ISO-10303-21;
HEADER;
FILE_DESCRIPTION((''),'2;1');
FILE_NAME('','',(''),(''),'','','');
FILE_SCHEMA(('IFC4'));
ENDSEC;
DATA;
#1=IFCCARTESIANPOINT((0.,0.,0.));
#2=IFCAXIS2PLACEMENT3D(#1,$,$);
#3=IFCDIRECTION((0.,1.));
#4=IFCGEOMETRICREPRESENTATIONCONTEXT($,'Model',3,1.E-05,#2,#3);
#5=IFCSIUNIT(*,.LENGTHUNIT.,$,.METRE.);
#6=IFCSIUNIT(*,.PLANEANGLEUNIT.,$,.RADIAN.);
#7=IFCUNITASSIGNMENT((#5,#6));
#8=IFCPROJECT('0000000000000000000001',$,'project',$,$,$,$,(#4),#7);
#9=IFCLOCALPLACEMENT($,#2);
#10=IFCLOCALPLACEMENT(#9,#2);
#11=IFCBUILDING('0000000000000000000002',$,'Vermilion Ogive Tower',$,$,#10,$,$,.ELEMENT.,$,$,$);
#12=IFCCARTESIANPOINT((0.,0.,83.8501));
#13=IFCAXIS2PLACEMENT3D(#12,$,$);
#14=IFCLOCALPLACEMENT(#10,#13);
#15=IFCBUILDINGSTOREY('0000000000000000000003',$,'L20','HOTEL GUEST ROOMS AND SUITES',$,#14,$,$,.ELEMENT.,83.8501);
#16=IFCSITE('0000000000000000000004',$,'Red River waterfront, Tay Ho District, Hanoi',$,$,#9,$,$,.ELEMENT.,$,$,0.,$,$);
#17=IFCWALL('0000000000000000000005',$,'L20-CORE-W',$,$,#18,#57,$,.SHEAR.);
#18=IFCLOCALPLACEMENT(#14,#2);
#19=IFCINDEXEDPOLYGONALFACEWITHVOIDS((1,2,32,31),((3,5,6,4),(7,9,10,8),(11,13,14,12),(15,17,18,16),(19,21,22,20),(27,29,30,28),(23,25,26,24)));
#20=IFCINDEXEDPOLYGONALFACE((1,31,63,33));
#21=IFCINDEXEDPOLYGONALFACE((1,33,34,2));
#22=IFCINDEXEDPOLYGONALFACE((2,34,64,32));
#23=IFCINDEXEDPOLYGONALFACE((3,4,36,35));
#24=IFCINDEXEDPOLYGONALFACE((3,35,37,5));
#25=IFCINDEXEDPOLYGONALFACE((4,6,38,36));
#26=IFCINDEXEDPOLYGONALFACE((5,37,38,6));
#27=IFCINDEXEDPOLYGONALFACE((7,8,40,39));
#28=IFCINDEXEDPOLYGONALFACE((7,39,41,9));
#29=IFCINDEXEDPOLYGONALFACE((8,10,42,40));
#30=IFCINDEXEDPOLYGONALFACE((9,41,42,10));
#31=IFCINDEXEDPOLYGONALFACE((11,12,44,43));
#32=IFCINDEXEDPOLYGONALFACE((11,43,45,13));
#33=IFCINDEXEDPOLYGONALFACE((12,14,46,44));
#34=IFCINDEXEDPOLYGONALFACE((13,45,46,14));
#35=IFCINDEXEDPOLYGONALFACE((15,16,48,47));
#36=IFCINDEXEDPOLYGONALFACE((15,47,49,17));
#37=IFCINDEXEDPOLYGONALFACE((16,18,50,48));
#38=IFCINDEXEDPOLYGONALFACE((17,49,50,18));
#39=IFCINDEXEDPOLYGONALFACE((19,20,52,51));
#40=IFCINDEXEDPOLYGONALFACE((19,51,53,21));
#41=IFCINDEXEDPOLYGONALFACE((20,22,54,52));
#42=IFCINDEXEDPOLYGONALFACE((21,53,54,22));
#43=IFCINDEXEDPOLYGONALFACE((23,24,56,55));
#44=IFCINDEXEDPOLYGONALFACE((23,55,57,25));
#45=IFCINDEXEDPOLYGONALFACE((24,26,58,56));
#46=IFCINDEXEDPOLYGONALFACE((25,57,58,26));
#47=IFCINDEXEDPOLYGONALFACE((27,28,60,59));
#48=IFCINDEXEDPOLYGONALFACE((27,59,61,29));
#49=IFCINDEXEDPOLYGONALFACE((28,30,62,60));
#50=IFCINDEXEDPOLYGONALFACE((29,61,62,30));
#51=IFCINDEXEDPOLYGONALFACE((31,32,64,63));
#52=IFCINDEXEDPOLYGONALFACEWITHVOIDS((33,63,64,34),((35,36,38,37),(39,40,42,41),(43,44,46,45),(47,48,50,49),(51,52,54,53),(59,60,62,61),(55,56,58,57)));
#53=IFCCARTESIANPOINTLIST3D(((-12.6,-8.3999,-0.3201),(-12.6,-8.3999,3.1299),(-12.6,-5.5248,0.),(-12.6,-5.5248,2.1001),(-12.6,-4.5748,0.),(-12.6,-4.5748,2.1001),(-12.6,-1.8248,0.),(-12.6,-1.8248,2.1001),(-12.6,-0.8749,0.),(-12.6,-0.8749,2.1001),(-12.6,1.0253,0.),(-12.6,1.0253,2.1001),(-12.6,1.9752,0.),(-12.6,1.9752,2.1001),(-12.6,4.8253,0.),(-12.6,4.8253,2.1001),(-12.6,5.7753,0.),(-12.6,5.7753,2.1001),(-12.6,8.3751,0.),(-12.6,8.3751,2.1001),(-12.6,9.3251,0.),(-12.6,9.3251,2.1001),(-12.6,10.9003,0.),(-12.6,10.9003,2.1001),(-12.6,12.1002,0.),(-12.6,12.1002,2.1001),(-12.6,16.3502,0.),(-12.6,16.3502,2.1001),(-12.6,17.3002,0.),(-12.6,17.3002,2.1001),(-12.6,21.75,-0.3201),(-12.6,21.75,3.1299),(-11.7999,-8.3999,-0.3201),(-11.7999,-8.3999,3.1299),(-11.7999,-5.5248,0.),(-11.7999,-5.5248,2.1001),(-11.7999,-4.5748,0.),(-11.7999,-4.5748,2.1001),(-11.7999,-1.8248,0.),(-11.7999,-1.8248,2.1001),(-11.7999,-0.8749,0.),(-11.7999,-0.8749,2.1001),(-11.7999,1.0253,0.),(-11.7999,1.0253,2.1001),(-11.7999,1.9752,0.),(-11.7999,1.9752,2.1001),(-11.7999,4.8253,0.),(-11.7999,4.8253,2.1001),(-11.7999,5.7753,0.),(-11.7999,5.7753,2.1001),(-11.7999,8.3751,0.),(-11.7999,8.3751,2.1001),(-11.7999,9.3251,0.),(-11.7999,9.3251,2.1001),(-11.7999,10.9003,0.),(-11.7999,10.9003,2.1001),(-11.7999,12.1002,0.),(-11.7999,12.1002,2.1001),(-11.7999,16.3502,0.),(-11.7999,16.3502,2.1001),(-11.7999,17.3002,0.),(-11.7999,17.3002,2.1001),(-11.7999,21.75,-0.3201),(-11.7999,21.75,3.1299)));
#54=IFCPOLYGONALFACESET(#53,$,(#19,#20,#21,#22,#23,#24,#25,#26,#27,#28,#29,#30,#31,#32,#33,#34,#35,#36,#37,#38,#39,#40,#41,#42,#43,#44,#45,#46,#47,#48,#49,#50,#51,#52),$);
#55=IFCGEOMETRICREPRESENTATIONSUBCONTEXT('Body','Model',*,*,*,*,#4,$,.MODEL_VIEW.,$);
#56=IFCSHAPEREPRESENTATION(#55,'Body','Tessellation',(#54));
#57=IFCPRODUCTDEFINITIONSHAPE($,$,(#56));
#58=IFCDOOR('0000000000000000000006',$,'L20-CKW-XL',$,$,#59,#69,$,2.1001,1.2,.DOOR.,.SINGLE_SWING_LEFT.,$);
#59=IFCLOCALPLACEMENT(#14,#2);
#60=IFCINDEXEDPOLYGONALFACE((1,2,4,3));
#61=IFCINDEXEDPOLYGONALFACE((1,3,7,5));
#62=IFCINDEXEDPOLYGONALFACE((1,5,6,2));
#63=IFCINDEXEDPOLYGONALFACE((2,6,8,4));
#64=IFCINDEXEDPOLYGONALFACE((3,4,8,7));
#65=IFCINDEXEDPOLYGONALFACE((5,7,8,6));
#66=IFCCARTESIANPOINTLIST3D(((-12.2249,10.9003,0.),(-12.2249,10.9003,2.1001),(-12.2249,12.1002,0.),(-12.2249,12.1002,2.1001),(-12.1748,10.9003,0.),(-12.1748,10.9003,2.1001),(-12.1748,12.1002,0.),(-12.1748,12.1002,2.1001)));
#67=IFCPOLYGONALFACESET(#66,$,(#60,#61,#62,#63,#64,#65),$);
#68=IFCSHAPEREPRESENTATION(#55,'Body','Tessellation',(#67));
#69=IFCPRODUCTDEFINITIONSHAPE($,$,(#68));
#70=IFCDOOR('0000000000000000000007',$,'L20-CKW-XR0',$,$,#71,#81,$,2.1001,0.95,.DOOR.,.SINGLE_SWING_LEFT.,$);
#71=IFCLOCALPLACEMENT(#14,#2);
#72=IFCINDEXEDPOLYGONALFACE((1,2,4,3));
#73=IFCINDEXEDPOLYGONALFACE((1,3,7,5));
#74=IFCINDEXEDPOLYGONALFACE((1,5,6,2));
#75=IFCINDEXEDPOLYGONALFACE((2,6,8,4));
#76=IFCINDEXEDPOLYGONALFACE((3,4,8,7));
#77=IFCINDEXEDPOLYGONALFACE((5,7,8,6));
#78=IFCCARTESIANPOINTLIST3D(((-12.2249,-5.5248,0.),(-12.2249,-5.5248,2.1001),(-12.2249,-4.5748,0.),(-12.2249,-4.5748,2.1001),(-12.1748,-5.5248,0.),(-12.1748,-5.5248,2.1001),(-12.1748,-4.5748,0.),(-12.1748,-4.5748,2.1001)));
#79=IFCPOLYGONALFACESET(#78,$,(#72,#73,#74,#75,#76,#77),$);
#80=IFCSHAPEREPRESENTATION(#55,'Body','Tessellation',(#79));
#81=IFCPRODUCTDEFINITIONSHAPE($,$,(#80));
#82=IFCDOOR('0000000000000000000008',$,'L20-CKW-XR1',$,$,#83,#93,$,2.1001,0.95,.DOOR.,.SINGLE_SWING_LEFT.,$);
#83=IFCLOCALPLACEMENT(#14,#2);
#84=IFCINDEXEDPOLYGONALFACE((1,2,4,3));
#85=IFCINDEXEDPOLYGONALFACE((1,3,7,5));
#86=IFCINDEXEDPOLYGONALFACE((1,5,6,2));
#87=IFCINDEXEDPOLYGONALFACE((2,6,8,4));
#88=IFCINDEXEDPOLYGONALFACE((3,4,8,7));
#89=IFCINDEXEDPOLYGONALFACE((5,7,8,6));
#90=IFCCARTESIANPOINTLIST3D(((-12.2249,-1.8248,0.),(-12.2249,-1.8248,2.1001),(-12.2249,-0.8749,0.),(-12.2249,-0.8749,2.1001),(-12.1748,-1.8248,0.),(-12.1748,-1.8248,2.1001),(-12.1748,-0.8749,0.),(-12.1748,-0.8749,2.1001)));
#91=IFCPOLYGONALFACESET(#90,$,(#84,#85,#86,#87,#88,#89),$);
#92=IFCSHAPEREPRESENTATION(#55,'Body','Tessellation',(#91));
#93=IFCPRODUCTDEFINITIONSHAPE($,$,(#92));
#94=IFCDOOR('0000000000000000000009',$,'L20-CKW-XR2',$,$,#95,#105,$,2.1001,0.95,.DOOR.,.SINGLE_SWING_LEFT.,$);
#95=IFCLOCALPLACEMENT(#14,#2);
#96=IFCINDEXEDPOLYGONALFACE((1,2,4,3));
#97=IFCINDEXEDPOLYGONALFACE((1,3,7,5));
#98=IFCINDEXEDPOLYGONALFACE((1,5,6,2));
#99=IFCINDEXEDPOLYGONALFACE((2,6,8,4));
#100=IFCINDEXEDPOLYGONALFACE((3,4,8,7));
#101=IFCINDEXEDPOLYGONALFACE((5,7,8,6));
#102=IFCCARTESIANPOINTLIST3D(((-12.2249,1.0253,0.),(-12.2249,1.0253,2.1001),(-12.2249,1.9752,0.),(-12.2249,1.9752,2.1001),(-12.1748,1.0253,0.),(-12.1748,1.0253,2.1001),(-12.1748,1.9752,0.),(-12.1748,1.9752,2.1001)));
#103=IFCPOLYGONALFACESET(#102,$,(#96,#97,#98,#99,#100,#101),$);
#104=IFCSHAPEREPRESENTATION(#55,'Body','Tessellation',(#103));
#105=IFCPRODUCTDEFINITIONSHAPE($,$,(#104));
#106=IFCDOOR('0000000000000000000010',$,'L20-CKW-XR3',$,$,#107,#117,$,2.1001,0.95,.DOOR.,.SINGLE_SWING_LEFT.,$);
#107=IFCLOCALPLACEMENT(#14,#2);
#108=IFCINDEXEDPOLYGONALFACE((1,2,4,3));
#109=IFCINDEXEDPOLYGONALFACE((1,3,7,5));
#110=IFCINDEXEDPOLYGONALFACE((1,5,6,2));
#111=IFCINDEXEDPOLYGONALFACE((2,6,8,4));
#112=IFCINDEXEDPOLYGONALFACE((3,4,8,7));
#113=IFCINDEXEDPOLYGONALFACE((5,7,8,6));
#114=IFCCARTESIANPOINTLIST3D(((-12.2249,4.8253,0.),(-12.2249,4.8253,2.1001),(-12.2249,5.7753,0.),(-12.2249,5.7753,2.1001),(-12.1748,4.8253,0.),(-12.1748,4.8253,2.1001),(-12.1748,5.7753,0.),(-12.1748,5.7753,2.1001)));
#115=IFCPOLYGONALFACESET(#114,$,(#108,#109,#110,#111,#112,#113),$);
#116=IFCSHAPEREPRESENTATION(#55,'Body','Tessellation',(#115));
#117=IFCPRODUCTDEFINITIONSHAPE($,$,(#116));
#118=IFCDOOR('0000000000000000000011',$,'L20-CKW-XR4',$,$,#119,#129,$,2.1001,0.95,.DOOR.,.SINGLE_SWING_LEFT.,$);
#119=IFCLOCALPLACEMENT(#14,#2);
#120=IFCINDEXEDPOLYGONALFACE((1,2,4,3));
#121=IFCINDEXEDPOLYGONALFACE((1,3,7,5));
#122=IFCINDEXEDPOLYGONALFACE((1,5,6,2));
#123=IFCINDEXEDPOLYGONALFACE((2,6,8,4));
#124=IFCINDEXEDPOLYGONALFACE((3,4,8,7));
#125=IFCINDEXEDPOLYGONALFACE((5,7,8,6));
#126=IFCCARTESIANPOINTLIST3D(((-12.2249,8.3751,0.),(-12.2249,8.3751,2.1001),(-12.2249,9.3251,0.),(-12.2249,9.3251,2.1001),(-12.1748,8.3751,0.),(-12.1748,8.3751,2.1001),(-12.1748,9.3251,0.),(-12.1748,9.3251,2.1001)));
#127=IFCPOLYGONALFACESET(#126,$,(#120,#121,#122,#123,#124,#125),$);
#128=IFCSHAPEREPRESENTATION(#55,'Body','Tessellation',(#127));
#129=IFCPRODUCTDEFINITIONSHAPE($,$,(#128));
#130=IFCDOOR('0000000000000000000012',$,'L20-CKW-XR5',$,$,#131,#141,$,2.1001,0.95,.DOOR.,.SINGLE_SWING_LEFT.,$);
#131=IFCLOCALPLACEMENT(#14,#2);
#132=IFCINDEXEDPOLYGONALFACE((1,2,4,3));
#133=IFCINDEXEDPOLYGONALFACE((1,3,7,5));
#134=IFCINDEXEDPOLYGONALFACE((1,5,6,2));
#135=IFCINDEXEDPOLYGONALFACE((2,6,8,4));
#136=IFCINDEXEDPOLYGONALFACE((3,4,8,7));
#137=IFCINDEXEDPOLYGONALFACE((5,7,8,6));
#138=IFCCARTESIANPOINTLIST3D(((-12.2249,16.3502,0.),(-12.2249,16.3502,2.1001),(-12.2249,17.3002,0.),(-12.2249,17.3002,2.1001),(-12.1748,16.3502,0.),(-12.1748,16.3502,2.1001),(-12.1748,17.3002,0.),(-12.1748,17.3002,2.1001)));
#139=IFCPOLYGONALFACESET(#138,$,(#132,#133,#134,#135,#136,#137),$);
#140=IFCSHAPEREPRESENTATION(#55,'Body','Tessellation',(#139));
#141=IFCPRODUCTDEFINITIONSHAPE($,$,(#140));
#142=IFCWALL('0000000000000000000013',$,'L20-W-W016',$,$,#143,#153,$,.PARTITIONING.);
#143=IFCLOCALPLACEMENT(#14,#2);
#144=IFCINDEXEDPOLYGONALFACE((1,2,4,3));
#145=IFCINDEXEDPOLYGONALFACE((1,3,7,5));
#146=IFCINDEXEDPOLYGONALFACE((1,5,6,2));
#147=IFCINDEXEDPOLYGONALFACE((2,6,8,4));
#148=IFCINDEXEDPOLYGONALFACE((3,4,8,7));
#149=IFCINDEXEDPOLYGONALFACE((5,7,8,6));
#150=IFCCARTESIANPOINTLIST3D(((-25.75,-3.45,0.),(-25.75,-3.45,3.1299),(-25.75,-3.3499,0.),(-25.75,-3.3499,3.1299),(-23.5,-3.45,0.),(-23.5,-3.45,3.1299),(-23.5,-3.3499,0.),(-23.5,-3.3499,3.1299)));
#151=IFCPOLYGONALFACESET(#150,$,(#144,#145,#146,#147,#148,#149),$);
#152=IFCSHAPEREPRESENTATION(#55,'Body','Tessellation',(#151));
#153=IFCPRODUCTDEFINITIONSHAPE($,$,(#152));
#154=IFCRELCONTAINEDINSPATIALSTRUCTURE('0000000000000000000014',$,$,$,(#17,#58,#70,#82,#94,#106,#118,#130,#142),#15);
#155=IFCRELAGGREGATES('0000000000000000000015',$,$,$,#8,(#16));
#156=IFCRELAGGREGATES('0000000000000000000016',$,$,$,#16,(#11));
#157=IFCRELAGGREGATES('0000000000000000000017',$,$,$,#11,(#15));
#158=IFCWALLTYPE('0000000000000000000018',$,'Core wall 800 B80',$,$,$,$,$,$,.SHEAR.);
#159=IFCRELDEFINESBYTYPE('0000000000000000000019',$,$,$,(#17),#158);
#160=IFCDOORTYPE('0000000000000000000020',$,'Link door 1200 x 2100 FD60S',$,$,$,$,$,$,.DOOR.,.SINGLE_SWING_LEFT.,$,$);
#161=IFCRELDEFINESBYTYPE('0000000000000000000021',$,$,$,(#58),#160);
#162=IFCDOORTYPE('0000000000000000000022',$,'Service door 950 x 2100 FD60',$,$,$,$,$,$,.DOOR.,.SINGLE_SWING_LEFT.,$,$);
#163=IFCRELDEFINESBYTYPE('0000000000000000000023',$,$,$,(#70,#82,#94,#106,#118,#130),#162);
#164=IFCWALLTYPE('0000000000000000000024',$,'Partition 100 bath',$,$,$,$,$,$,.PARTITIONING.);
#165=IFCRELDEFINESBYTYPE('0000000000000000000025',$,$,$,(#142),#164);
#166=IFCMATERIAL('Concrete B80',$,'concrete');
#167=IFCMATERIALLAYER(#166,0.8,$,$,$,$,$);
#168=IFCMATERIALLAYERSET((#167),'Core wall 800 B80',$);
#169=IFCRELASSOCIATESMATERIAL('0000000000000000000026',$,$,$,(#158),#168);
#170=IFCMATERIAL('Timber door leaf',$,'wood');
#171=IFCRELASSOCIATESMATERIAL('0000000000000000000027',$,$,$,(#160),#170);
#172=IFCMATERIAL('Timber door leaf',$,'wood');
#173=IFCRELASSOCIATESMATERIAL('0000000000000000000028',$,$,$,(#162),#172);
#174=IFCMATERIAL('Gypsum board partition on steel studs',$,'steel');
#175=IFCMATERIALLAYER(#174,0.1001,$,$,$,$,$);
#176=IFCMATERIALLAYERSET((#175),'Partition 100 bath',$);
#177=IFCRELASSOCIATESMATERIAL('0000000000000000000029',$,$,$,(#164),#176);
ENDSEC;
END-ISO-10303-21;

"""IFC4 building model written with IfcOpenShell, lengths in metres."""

from ifc_helpers import new_model, si_unit, direction, frame, frame_2d, origin, place, context, subcontext, project, spatial, rectangle, extrude, material, layer, layer_set, type_object, element, fill, save


model = new_model("IFC4")

# Units and contexts
model_context = context("Model", 3, precision=1e-05, world=origin(), true_north=direction((0.0, 1.0)))
body_context = subcontext(model_context, "Body", "Model", "MODEL_VIEW")
ifc_project = project(units=[si_unit("LENGTHUNIT", "METRE"), si_unit("PLANEANGLEUNIT", "RADIAN")], contexts=[model_context])

# Site, building, storey
site_placement = place(None, origin())
site = spatial("IfcSite", under=ifc_project, at=site_placement, Name="Red River waterfront, Tay Ho District, Hanoi", CompositionType="ELEMENT", RefElevation=0.0)
building_placement = place(site_placement, origin())
building = spatial("IfcBuilding", under=site, at=building_placement, Name="Vermilion Ogive Tower", CompositionType="ELEMENT")
storey_placement = place(building_placement, frame((0.0, 0.0, 83.8501)))
storey = spatial("IfcBuildingStorey", under=building, at=storey_placement, Name="L20", Description="HOTEL GUEST ROOMS AND SUITES", CompositionType="ELEMENT", Elevation=83.8501)

# Wall, openings, doors
ifc_material_1 = material(Name="Concrete B80", Category="concrete")
ifc_layer_1 = layer(ifc_material_1, 0.8)
ifc_layer_set_1 = layer_set([ifc_layer_1], Name="Core wall 800 B80")
wall_type_1 = type_object("IfcWallType", Name="Core wall 800 B80", PredefinedType="SHEAR", material=ifc_layer_set_1)
wall_1_placement = place(storey_placement, frame((-12.2, -8.3999, -0.3201), z_axis=(0.0, 0.0, 1.0), x_axis=(0.0, 1.0, 0.0)))
wall_1 = element("IfcWall", 1, at=wall_1_placement, inside=storey, type_object=wall_type_1, Name="L20-CORE-W", PredefinedType="SHEAR", context=body_context, shape_type="SweptSolid", body=[
    extrude(rectangle(XDim=30.1499, YDim=0.8, at=frame_2d((15.075, 0.0))), origin(), (0.0, 0.0, 1.0), 3.45),
])
opening_1_placement = place(wall_1_placement, frame((2.875, 0.0, 0.3201)))
opening_1 = element("IfcOpeningElement", 2, at=opening_1_placement, cuts=wall_1, PredefinedType="OPENING", context=body_context, shape_type="SweptSolid", body=[
    extrude(rectangle(XDim=0.95, YDim=2.1001, at=frame_2d((0.4751, 1.05))), frame((0.0, 0.4099, 0.0), z_axis=(0.0, -1.0, 0.0), x_axis=(1.0, 0.0, 0.0)), (0.0, 0.0, 1.0), 0.8201),
])
opening_2_placement = place(wall_1_placement, frame((6.575, 0.0, 0.3201)))
opening_2 = element("IfcOpeningElement", 3, at=opening_2_placement, cuts=wall_1, PredefinedType="OPENING", context=body_context, shape_type="SweptSolid", body=[
    extrude(rectangle(XDim=0.95, YDim=2.1001, at=frame_2d((0.4751, 1.05))), frame((0.0, 0.4099, 0.0), z_axis=(0.0, -1.0, 0.0), x_axis=(1.0, 0.0, 0.0)), (0.0, 0.0, 1.0), 0.8201),
])
opening_3_placement = place(wall_1_placement, frame((9.425, 0.0, 0.3201)))
opening_3 = element("IfcOpeningElement", 4, at=opening_3_placement, cuts=wall_1, PredefinedType="OPENING", context=body_context, shape_type="SweptSolid", body=[
    extrude(rectangle(XDim=0.95, YDim=2.1001, at=frame_2d((0.4751, 1.05))), frame((0.0, 0.4099, 0.0), z_axis=(0.0, -1.0, 0.0), x_axis=(1.0, 0.0, 0.0)), (0.0, 0.0, 1.0), 0.8201),
])
opening_4_placement = place(wall_1_placement, frame((13.2251, 0.0, 0.3201)))
opening_4 = element("IfcOpeningElement", 5, at=opening_4_placement, cuts=wall_1, PredefinedType="OPENING", context=body_context, shape_type="SweptSolid", body=[
    extrude(rectangle(XDim=0.95, YDim=2.1001, at=frame_2d((0.4751, 1.05))), frame((0.0, 0.4099, 0.0), z_axis=(0.0, -1.0, 0.0), x_axis=(1.0, 0.0, 0.0)), (0.0, 0.0, 1.0), 0.8201),
])
opening_5_placement = place(wall_1_placement, frame((16.7749, 0.0, 0.3201)))
opening_5 = element("IfcOpeningElement", 6, at=opening_5_placement, cuts=wall_1, PredefinedType="OPENING", context=body_context, shape_type="SweptSolid", body=[
    extrude(rectangle(XDim=0.95, YDim=2.1001, at=frame_2d((0.4751, 1.05))), frame((0.0, 0.4099, 0.0), z_axis=(0.0, -1.0, 0.0), x_axis=(1.0, 0.0, 0.0)), (0.0, 0.0, 1.0), 0.8201),
])
opening_6_placement = place(wall_1_placement, frame((24.75, 0.0, 0.3201)))
opening_6 = element("IfcOpeningElement", 7, at=opening_6_placement, cuts=wall_1, PredefinedType="OPENING", context=body_context, shape_type="SweptSolid", body=[
    extrude(rectangle(XDim=0.95, YDim=2.1001, at=frame_2d((0.4751, 1.05))), frame((0.0, 0.4099, 0.0), z_axis=(0.0, -1.0, 0.0), x_axis=(1.0, 0.0, 0.0)), (0.0, 0.0, 1.0), 0.8201),
])
opening_7_placement = place(wall_1_placement, frame((19.3, 0.0, 0.3201)))
opening_7 = element("IfcOpeningElement", 8, at=opening_7_placement, cuts=wall_1, PredefinedType="OPENING", context=body_context, shape_type="SweptSolid", body=[
    extrude(rectangle(XDim=1.2, YDim=2.1001, at=frame_2d((0.6001, 1.05))), frame((0.0, 0.4099, 0.0), z_axis=(0.0, -1.0, 0.0), x_axis=(1.0, 0.0, 0.0)), (0.0, 0.0, 1.0), 0.8201),
])
ifc_material_2 = material(Name="Timber door leaf", Category="wood")
door_type_1 = type_object("IfcDoorType", Name="Link door 1200 x 2100 FD60S", OperationType="SINGLE_SWING_LEFT", PredefinedType="DOOR", material=ifc_material_2)
door_1_placement = place(opening_7_placement, origin())
door_1 = element("IfcDoor", 9, at=door_1_placement, inside=storey, type_object=door_type_1, Name="L20-CKW-XL", OperationType="SINGLE_SWING_LEFT", OverallHeight=2.1001, OverallWidth=1.2, PredefinedType="DOOR", context=body_context, shape_type="SweptSolid", body=[
    extrude(rectangle(XDim=1.2, YDim=2.1001, at=frame_2d((0.6001, 1.05))), frame((0.0, 0.0249, 0.0), z_axis=(0.0, -1.0, 0.0), x_axis=(1.0, 0.0, 0.0)), (0.0, 0.0, 1.0), 0.05),
])
fill(opening_7, door_1)
ifc_material_3 = material(Name="Timber door leaf", Category="wood")
door_type_2 = type_object("IfcDoorType", Name="Service door 950 x 2100 FD60", OperationType="SINGLE_SWING_LEFT", PredefinedType="DOOR", material=ifc_material_3)
door_2_placement = place(opening_1_placement, origin())
door_2 = element("IfcDoor", 10, at=door_2_placement, inside=storey, type_object=door_type_2, Name="L20-CKW-XR0", OperationType="SINGLE_SWING_LEFT", OverallHeight=2.1001, OverallWidth=0.95, PredefinedType="DOOR", context=body_context, shape_type="SweptSolid", body=[
    extrude(rectangle(XDim=0.95, YDim=2.1001, at=frame_2d((0.4751, 1.05))), frame((0.0, 0.0249, 0.0), z_axis=(0.0, -1.0, 0.0), x_axis=(1.0, 0.0, 0.0)), (0.0, 0.0, 1.0), 0.05),
])
fill(opening_1, door_2)
door_3_placement = place(opening_2_placement, origin())
door_3 = element("IfcDoor", 11, at=door_3_placement, inside=storey, type_object=door_type_2, Name="L20-CKW-XR1", OperationType="SINGLE_SWING_LEFT", OverallHeight=2.1001, OverallWidth=0.95, PredefinedType="DOOR", context=body_context, shape_type="SweptSolid", body=[
    extrude(rectangle(XDim=0.95, YDim=2.1001, at=frame_2d((0.4751, 1.05))), frame((0.0, 0.0249, 0.0), z_axis=(0.0, -1.0, 0.0), x_axis=(1.0, 0.0, 0.0)), (0.0, 0.0, 1.0), 0.05),
])
fill(opening_2, door_3)
door_4_placement = place(opening_3_placement, origin())
door_4 = element("IfcDoor", 12, at=door_4_placement, inside=storey, type_object=door_type_2, Name="L20-CKW-XR2", OperationType="SINGLE_SWING_LEFT", OverallHeight=2.1001, OverallWidth=0.95, PredefinedType="DOOR", context=body_context, shape_type="SweptSolid", body=[
    extrude(rectangle(XDim=0.95, YDim=2.1001, at=frame_2d((0.4751, 1.05))), frame((0.0, 0.0249, 0.0), z_axis=(0.0, -1.0, 0.0), x_axis=(1.0, 0.0, 0.0)), (0.0, 0.0, 1.0), 0.05),
])
fill(opening_3, door_4)
door_5_placement = place(opening_4_placement, origin())
door_5 = element("IfcDoor", 13, at=door_5_placement, inside=storey, type_object=door_type_2, Name="L20-CKW-XR3", OperationType="SINGLE_SWING_LEFT", OverallHeight=2.1001, OverallWidth=0.95, PredefinedType="DOOR", context=body_context, shape_type="SweptSolid", body=[
    extrude(rectangle(XDim=0.95, YDim=2.1001, at=frame_2d((0.4751, 1.05))), frame((0.0, 0.0249, 0.0), z_axis=(0.0, -1.0, 0.0), x_axis=(1.0, 0.0, 0.0)), (0.0, 0.0, 1.0), 0.05),
])
fill(opening_4, door_5)
door_6_placement = place(opening_5_placement, origin())
door_6 = element("IfcDoor", 14, at=door_6_placement, inside=storey, type_object=door_type_2, Name="L20-CKW-XR4", OperationType="SINGLE_SWING_LEFT", OverallHeight=2.1001, OverallWidth=0.95, PredefinedType="DOOR", context=body_context, shape_type="SweptSolid", body=[
    extrude(rectangle(XDim=0.95, YDim=2.1001, at=frame_2d((0.4751, 1.05))), frame((0.0, 0.0249, 0.0), z_axis=(0.0, -1.0, 0.0), x_axis=(1.0, 0.0, 0.0)), (0.0, 0.0, 1.0), 0.05),
])
fill(opening_5, door_6)
door_7_placement = place(opening_6_placement, origin())
door_7 = element("IfcDoor", 15, at=door_7_placement, inside=storey, type_object=door_type_2, Name="L20-CKW-XR5", OperationType="SINGLE_SWING_LEFT", OverallHeight=2.1001, OverallWidth=0.95, PredefinedType="DOOR", context=body_context, shape_type="SweptSolid", body=[
    extrude(rectangle(XDim=0.95, YDim=2.1001, at=frame_2d((0.4751, 1.05))), frame((0.0, 0.0249, 0.0), z_axis=(0.0, -1.0, 0.0), x_axis=(1.0, 0.0, 0.0)), (0.0, 0.0, 1.0), 0.05),
])
fill(opening_6, door_7)

# Wall
ifc_material_4 = material(Name="Gypsum board partition on steel studs", Category="steel")
ifc_layer_2 = layer(ifc_material_4, 0.1001)
ifc_layer_set_2 = layer_set([ifc_layer_2], Name="Partition 100 bath")
wall_type_2 = type_object("IfcWallType", Name="Partition 100 bath", PredefinedType="PARTITIONING", material=ifc_layer_set_2)
wall_2_placement = place(storey_placement, frame((-25.75, -3.3999, 0.0), z_axis=(0.0, 0.0, 1.0), x_axis=(1.0, 0.0, 0.0)))
element("IfcWall", 16, at=wall_2_placement, inside=storey, type_object=wall_type_2, Name="L20-W-W016", PredefinedType="PARTITIONING", context=body_context, shape_type="SweptSolid", body=[
    extrude(rectangle(XDim=2.25, YDim=0.1001, at=frame_2d((1.125, 0.0))), origin(), (0.0, 0.0, 1.0), 3.1299),
])

save(model, "model.ifc")
